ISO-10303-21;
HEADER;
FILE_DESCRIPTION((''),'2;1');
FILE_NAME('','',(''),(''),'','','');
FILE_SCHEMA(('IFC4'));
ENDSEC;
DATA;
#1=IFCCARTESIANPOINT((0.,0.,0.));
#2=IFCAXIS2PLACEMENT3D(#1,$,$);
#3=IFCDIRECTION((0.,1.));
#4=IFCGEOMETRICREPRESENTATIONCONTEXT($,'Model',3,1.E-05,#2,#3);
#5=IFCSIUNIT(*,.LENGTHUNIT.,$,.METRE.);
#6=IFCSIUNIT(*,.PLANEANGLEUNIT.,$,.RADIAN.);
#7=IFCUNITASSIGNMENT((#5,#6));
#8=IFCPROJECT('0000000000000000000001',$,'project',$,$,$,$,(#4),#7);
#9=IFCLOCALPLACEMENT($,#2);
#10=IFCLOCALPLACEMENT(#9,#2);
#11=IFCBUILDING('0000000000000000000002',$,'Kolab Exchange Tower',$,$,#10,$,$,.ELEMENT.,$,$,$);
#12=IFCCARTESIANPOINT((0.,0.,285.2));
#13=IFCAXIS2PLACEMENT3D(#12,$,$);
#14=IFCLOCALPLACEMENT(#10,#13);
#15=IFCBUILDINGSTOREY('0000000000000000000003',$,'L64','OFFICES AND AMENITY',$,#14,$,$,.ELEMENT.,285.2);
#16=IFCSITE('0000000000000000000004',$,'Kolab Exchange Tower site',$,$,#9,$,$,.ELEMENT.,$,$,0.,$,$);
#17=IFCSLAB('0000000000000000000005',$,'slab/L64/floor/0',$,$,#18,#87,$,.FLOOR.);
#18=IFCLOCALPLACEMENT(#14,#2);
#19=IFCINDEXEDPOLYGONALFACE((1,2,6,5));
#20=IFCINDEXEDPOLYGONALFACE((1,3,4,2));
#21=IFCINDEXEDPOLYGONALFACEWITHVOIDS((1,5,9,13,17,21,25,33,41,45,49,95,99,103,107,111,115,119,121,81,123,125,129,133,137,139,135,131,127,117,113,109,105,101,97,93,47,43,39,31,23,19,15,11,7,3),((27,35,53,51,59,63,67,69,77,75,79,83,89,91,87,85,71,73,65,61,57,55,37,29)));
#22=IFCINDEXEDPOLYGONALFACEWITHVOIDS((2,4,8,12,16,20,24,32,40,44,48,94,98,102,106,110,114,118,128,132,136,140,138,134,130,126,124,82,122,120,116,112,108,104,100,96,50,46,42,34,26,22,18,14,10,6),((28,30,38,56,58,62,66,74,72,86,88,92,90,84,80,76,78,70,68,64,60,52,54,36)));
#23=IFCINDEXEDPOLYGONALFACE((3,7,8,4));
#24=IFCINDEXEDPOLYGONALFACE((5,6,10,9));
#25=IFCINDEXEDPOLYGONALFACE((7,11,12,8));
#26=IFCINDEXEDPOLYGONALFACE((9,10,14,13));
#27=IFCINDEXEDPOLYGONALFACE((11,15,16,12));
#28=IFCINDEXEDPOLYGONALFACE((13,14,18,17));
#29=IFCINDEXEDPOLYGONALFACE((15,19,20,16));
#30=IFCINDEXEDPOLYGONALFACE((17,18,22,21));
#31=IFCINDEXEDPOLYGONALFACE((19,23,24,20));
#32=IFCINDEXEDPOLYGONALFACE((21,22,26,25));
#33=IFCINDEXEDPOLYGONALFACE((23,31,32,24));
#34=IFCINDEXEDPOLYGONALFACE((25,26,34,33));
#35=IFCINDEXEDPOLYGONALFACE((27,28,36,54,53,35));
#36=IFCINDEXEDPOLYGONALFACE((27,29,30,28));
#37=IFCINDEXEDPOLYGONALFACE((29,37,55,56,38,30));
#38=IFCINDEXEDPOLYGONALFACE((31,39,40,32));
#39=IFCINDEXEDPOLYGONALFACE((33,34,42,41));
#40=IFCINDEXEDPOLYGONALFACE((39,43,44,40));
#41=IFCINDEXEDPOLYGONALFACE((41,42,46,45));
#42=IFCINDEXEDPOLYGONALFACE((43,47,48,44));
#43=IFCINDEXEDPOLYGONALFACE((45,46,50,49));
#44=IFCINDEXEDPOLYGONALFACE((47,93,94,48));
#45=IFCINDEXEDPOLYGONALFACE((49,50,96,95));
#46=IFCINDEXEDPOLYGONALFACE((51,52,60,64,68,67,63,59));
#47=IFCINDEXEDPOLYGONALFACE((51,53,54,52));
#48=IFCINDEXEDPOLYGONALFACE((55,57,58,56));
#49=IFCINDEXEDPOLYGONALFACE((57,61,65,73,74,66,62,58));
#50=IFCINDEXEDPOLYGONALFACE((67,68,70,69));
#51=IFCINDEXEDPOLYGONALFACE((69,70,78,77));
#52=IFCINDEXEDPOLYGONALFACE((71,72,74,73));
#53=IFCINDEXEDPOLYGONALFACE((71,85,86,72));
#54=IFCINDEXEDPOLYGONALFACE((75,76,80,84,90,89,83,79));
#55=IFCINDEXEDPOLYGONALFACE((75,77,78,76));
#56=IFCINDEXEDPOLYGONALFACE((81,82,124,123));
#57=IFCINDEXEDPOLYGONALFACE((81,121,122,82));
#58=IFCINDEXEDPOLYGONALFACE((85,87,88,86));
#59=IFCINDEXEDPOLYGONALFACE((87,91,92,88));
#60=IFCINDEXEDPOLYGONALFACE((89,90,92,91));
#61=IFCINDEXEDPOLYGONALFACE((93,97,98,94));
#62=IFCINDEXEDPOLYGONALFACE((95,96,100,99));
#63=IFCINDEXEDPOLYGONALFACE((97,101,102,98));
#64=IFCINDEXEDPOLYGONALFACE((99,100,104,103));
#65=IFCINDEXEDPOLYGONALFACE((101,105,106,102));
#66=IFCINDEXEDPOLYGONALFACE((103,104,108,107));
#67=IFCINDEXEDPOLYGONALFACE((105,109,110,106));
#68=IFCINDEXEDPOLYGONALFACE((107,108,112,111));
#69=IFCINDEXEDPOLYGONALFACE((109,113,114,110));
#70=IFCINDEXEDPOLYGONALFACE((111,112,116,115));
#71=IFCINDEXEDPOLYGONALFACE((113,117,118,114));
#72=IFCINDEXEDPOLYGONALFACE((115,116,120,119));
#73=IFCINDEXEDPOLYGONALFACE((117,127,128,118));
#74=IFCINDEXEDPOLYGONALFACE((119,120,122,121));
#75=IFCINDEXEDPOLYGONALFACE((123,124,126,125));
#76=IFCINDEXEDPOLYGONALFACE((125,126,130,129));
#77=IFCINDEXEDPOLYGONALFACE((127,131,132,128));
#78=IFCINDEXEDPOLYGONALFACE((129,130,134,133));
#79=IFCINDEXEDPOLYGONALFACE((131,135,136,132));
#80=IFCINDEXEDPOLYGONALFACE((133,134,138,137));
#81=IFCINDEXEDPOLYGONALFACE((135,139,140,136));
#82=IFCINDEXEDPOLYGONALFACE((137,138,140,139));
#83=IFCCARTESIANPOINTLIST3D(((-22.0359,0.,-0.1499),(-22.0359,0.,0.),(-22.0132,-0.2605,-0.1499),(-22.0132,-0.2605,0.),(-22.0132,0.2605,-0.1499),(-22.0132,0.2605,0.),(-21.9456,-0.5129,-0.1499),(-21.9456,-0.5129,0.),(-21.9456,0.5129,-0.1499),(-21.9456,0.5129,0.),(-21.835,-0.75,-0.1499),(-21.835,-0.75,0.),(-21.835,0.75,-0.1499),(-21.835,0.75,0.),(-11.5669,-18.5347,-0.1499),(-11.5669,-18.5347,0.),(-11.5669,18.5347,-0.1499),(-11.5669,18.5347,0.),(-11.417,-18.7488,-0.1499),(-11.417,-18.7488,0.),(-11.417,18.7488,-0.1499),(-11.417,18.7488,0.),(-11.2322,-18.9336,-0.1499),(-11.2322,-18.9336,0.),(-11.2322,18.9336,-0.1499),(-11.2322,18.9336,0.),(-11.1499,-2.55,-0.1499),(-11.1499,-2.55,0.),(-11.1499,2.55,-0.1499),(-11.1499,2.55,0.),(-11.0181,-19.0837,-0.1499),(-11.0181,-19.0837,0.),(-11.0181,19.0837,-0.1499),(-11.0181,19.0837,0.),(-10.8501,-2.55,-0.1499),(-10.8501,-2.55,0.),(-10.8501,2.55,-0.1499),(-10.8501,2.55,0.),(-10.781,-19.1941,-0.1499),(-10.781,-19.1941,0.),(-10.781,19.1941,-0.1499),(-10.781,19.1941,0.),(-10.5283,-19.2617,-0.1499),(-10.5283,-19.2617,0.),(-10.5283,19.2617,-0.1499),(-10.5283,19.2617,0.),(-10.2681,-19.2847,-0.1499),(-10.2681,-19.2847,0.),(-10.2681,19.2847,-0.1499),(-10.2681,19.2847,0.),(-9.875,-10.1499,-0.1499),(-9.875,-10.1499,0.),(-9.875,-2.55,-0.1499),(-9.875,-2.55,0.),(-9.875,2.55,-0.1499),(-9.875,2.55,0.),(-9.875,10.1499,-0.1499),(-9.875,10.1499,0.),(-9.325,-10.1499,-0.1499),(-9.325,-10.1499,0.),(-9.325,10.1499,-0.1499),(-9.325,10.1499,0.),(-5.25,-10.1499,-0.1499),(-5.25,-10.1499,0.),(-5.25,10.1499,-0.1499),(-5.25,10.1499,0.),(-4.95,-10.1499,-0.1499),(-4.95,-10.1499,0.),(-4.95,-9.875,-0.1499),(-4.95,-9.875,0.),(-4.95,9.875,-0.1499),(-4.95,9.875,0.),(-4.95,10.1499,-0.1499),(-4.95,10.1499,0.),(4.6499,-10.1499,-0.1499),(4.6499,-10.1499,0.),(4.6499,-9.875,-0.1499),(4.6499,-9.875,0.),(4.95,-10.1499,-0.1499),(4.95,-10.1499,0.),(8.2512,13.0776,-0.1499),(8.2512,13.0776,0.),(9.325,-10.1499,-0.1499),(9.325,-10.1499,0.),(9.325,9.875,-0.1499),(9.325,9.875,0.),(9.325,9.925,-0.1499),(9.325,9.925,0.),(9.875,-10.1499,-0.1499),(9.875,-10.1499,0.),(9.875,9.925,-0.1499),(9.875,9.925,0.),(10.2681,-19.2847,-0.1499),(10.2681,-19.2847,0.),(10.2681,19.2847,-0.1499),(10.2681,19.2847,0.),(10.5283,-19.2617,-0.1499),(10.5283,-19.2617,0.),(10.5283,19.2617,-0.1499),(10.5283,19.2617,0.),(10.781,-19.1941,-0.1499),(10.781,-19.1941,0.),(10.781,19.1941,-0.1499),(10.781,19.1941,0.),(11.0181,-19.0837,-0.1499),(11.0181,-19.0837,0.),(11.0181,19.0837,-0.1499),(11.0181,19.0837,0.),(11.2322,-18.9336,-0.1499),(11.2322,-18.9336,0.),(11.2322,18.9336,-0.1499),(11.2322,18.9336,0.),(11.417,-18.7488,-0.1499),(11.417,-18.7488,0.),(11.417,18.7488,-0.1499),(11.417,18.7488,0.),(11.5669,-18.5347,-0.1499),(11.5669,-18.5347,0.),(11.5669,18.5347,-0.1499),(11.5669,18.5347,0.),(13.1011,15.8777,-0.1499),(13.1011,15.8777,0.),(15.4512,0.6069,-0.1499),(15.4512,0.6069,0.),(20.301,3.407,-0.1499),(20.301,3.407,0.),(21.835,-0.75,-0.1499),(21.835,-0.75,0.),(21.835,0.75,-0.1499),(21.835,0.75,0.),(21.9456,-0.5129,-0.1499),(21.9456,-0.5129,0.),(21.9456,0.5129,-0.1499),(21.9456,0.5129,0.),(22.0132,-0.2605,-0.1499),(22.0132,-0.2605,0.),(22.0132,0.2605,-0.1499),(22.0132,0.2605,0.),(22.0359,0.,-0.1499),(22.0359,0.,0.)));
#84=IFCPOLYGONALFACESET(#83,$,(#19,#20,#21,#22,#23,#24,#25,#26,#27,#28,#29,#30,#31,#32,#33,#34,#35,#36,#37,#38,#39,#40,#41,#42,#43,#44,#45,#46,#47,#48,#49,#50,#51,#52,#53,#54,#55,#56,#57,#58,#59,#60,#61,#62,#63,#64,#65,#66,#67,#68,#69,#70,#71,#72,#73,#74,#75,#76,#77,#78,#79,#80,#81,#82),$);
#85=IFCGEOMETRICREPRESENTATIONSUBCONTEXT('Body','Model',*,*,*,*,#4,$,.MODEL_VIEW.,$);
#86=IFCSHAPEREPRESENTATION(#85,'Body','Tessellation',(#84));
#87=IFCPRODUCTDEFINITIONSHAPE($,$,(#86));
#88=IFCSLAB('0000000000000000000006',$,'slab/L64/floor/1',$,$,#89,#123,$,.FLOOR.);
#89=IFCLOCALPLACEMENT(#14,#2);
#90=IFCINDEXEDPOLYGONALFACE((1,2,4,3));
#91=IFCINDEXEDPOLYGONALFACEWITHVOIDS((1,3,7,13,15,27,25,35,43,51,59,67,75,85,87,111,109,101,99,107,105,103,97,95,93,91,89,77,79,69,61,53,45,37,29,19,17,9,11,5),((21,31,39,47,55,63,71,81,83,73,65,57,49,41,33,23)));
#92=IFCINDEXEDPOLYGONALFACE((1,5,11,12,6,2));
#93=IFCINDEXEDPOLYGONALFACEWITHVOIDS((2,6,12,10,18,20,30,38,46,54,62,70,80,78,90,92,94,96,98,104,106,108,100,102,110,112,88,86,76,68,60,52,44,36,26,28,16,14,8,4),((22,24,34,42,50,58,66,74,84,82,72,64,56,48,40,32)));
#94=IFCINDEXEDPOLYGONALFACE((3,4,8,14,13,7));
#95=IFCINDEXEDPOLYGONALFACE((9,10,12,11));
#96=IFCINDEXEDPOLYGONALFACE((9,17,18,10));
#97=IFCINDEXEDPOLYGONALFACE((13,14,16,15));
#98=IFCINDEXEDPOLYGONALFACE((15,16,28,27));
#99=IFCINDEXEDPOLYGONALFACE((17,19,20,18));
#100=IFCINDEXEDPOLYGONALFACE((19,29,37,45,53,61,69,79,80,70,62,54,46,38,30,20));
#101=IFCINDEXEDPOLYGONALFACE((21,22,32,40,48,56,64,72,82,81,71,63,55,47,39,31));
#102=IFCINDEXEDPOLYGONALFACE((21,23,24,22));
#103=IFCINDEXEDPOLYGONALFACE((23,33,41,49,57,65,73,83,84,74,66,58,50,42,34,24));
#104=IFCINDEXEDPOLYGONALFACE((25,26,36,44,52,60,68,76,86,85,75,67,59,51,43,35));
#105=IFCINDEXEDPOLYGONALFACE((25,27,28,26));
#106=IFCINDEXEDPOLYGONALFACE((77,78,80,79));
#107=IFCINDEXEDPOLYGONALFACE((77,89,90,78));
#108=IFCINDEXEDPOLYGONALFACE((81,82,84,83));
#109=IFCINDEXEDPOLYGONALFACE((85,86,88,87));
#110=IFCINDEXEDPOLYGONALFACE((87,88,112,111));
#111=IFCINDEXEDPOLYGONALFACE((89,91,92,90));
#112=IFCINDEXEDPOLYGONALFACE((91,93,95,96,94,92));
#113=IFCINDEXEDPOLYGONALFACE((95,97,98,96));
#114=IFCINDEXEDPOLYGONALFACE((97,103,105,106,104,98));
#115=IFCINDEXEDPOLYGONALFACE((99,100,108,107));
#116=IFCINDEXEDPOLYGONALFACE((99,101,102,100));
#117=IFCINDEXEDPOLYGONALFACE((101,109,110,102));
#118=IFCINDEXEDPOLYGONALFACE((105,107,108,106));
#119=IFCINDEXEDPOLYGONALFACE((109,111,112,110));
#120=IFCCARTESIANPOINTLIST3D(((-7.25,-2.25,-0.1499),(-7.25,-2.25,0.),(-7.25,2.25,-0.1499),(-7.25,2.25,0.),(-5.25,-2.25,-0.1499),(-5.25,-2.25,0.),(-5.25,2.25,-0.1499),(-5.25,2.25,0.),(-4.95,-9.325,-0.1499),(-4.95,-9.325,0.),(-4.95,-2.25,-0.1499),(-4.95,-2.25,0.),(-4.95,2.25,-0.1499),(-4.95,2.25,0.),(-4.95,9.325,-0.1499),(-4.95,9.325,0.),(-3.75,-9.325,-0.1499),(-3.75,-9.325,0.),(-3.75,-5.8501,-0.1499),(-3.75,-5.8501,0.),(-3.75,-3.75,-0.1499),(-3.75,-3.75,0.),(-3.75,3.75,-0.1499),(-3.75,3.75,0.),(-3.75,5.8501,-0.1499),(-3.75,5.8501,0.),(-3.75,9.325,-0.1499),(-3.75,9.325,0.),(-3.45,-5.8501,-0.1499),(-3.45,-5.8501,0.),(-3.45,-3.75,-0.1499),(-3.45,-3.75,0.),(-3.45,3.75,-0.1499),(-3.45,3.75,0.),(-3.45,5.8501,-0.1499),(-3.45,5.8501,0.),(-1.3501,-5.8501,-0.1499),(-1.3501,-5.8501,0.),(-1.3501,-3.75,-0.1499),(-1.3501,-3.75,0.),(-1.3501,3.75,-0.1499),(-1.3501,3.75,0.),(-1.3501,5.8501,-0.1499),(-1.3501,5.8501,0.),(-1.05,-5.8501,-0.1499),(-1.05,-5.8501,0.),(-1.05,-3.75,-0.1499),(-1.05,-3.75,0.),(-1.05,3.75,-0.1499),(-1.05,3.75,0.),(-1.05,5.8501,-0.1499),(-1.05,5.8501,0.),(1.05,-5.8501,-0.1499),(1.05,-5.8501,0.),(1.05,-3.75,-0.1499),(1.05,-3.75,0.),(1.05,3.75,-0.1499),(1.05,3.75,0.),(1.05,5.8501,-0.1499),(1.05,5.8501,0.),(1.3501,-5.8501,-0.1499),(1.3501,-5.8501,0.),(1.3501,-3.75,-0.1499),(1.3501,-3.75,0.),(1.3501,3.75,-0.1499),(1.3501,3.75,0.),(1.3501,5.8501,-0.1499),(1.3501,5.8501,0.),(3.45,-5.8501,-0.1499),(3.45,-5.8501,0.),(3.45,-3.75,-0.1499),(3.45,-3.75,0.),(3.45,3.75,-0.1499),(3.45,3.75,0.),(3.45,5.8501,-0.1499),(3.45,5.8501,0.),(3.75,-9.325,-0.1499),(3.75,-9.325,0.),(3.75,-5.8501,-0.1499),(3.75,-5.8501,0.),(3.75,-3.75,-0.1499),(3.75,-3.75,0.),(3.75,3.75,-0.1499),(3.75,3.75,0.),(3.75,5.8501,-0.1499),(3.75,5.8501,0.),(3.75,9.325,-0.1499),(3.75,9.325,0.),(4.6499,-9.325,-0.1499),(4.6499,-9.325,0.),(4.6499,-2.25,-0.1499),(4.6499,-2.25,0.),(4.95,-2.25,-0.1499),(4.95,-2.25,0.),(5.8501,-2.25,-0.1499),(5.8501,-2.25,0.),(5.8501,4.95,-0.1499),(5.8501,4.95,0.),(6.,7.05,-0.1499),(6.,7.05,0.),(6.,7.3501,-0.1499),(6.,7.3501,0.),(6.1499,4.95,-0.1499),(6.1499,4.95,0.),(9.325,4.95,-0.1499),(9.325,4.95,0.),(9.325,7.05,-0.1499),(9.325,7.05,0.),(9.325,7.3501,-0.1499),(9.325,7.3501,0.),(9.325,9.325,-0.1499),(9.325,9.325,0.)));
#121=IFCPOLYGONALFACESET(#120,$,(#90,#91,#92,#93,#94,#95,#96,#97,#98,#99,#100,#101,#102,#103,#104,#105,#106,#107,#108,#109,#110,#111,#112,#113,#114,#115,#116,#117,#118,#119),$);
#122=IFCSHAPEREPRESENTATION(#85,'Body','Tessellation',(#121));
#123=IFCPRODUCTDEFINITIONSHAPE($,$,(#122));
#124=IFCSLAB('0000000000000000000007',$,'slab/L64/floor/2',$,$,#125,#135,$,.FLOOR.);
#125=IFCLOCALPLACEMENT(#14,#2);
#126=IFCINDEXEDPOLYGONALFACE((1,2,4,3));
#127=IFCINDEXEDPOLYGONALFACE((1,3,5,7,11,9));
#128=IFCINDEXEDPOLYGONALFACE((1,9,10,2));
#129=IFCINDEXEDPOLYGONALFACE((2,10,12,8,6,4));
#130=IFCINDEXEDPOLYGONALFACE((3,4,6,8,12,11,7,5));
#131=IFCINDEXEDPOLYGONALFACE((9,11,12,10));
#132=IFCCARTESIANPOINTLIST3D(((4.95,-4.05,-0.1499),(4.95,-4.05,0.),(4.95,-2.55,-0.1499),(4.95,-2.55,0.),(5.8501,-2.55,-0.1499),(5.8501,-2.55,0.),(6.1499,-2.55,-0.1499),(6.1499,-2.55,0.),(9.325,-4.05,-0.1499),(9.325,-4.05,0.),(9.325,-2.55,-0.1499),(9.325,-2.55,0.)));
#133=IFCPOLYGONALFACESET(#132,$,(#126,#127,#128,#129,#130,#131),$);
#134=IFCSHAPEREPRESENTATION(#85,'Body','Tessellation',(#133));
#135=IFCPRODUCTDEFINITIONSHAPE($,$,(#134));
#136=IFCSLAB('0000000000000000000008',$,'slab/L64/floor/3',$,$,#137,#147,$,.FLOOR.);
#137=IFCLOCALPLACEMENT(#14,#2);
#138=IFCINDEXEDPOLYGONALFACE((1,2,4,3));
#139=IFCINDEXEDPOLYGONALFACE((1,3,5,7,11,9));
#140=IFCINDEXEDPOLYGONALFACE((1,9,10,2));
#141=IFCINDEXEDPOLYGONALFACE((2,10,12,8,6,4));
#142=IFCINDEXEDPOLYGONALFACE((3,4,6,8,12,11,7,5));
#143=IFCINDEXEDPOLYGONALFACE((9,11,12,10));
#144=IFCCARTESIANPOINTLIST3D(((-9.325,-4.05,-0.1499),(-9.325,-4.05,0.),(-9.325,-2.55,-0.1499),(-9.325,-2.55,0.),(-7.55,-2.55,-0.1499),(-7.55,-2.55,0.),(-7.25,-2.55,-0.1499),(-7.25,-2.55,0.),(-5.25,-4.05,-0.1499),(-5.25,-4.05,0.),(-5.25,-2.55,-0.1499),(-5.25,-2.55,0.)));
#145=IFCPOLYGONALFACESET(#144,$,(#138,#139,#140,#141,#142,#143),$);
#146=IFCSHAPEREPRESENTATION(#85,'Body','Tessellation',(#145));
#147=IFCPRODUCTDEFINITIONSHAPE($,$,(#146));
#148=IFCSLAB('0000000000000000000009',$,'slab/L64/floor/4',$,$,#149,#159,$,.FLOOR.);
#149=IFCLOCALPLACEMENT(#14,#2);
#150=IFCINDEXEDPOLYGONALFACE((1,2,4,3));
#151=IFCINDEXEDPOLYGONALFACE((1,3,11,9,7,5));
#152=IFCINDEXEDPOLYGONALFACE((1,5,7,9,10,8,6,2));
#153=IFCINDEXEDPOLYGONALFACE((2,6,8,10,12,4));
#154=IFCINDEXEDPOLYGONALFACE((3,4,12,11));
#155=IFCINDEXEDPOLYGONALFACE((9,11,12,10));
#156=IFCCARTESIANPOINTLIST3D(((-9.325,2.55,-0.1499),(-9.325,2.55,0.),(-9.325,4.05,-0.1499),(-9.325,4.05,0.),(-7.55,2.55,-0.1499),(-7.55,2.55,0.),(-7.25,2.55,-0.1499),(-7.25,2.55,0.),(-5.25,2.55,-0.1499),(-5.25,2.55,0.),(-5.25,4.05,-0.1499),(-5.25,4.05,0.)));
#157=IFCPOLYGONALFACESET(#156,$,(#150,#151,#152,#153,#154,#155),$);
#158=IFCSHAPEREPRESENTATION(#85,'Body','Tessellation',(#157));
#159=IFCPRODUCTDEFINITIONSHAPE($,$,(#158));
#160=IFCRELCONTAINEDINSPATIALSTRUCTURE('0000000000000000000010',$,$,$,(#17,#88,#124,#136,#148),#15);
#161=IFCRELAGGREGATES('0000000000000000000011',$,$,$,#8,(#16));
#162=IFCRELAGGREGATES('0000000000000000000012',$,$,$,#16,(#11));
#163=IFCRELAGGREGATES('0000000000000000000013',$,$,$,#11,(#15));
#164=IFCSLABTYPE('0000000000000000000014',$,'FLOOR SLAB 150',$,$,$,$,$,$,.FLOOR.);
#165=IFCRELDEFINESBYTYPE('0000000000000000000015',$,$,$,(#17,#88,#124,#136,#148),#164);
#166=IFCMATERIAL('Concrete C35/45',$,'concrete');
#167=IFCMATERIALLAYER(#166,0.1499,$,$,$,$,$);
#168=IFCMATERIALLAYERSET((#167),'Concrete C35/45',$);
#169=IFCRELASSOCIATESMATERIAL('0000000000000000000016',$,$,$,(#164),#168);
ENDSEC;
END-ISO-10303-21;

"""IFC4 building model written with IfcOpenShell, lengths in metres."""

from ifc_helpers import new_model, si_unit, direction, frame, origin, place, context, subcontext, project, spatial, polyline, outline, extrude, material, layer, layer_set, type_object, element, save


model = new_model("IFC4")

# Units and contexts
model_context = context("Model", 3, precision=1e-05, world=origin(), true_north=direction((0.0, 1.0)))
body_context = subcontext(model_context, "Body", "Model", "MODEL_VIEW")
ifc_project = project(units=[si_unit("LENGTHUNIT", "METRE"), si_unit("PLANEANGLEUNIT", "RADIAN")], contexts=[model_context])

# Site, building, storey
site_placement = place(None, origin())
site = spatial("IfcSite", under=ifc_project, at=site_placement, Name="Kolab Exchange Tower site", CompositionType="ELEMENT", RefElevation=0.0)
building_placement = place(site_placement, origin())
building = spatial("IfcBuilding", under=site, at=building_placement, Name="Kolab Exchange Tower", CompositionType="ELEMENT")
storey_placement = place(building_placement, frame((0.0, 0.0, 285.2)))
storey = spatial("IfcBuildingStorey", under=building, at=storey_placement, Name="L64", Description="OFFICES AND AMENITY", CompositionType="ELEMENT", Elevation=285.2)

# Slabs
ifc_material_1 = material(Name="Concrete C35/45", Category="concrete")
ifc_layer_1 = layer(ifc_material_1, 0.1499)
ifc_layer_set_1 = layer_set([ifc_layer_1], Name="Concrete C35/45")
slab_type_1 = type_object("IfcSlabType", Name="FLOOR SLAB 150", PredefinedType="FLOOR", material=ifc_layer_set_1)
slab_1_placement = place(storey_placement, frame((0.0, 0.0, -0.1499)))
element("IfcSlab", 1, at=slab_1_placement, inside=storey, type_object=slab_type_1, Name="slab/L64/floor/0", PredefinedType="FLOOR", context=body_context, shape_type="SweptSolid", body=[
    extrude(outline(polyline([(21.835, 0.75), (20.301, 3.407), (15.4512, 0.6069), (8.2512, 13.0776), (13.1011, 15.8777), (11.5669, 18.5347), (11.417, 18.7488), (11.2322, 18.9336), (11.0181, 19.0837), (10.781, 19.1941), (10.5283, 19.2617), (10.2681, 19.2847), (-10.2681, 19.2847), (-10.5283, 19.2617), (-10.781, 19.1941), (-11.0181, 19.0837), (-11.2322, 18.9336), (-11.417, 18.7488), (-11.5669, 18.5347), (-21.835, 0.75), (-21.9456, 0.5129), (-22.0132, 0.2605), (-22.0359, 0.0), (-22.0132, -0.2605), (-21.9456, -0.5129), (-21.835, -0.75), (-11.5669, -18.5347), (-11.417, -18.7488), (-11.2322, -18.9336), (-11.0181, -19.0837), (-10.781, -19.1941), (-10.5283, -19.2617), (-10.2681, -19.2847), (10.2681, -19.2847), (10.5283, -19.2617), (10.781, -19.1941), (11.0181, -19.0837), (11.2322, -18.9336), (11.417, -18.7488), (11.5669, -18.5347), (21.835, -0.75), (21.9456, -0.5129), (22.0132, -0.2605), (22.0359, 0.0), (22.0132, 0.2605), (21.9456, 0.5129), (21.835, 0.75)]), holes=[polyline([(-9.325, -10.1499), (-9.875, -10.1499), (-9.875, -2.55), (-10.8501, -2.55), (-11.1499, -2.55), (-11.1499, 2.55), (-10.8501, 2.55), (-9.875, 2.55), (-9.875, 10.1499), (-9.325, 10.1499), (-5.25, 10.1499), (-4.95, 10.1499), (-4.95, 9.875), (9.325, 9.875), (9.325, 9.925), (9.875, 9.925), (9.875, -10.1499), (9.325, -10.1499), (4.95, -10.1499), (4.6499, -10.1499), (4.6499, -9.875), (-4.95, -9.875), (-4.95, -10.1499), (-5.25, -10.1499), (-9.325, -10.1499)])]), origin(), (0.0, 0.0, 1.0), 0.1499),
])
slab_2_placement = place(storey_placement, frame((0.0, 0.0, -0.1499)))
element("IfcSlab", 2, at=slab_2_placement, inside=storey, type_object=slab_type_1, Name="slab/L64/floor/1", PredefinedType="FLOOR", context=body_context, shape_type="SweptSolid", body=[
    extrude(outline(polyline([(-4.95, 9.325), (-4.95, 2.25), (-5.25, 2.25), (-7.25, 2.25), (-7.25, -2.25), (-5.25, -2.25), (-4.95, -2.25), (-4.95, -9.325), (-3.75, -9.325), (-3.75, -5.8501), (-3.45, -5.8501), (-1.3501, -5.8501), (-1.05, -5.8501), (1.05, -5.8501), (1.3501, -5.8501), (3.45, -5.8501), (3.75, -5.8501), (3.75, -9.325), (4.6499, -9.325), (4.6499, -2.25), (4.95, -2.25), (5.8501, -2.25), (5.8501, 4.95), (6.1499, 4.95), (9.325, 4.95), (9.325, 7.05), (6.0, 7.05), (6.0, 7.3501), (9.325, 7.3501), (9.325, 9.325), (3.75, 9.325), (3.75, 5.8501), (3.45, 5.8501), (1.3501, 5.8501), (1.05, 5.8501), (-1.05, 5.8501), (-1.3501, 5.8501), (-3.45, 5.8501), (-3.75, 5.8501), (-3.75, 9.325), (-4.95, 9.325)]), holes=[polyline([(-3.45, -3.75), (-3.75, -3.75), (-3.75, 3.75), (-3.45, 3.75), (-1.3501, 3.75), (-1.05, 3.75), (1.05, 3.75), (1.3501, 3.75), (3.45, 3.75), (3.75, 3.75), (3.75, -3.75), (3.45, -3.75), (1.3501, -3.75), (1.05, -3.75), (-1.05, -3.75), (-1.3501, -3.75), (-3.45, -3.75)])]), origin(), (0.0, 0.0, 1.0), 0.1499),
])
slab_3_placement = place(storey_placement, frame((0.0, 0.0, -0.1499)))
element("IfcSlab", 3, at=slab_3_placement, inside=storey, type_object=slab_type_1, Name="slab/L64/floor/2", PredefinedType="FLOOR", context=body_context, shape_type="SweptSolid", body=[
    extrude(outline(polyline([(4.95, -2.55), (4.95, -4.05), (9.325, -4.05), (9.325, -2.55), (6.1499, -2.55), (5.8501, -2.55), (4.95, -2.55)])), origin(), (0.0, 0.0, 1.0), 0.1499),
])
slab_4_placement = place(storey_placement, frame((0.0, 0.0, -0.1499)))
element("IfcSlab", 4, at=slab_4_placement, inside=storey, type_object=slab_type_1, Name="slab/L64/floor/3", PredefinedType="FLOOR", context=body_context, shape_type="SweptSolid", body=[
    extrude(outline(polyline([(-7.55, -2.55), (-9.325, -2.55), (-9.325, -4.05), (-5.25, -4.05), (-5.25, -2.55), (-7.25, -2.55), (-7.55, -2.55)])), origin(), (0.0, 0.0, 1.0), 0.1499),
])
slab_5_placement = place(storey_placement, frame((0.0, 0.0, -0.1499)))
element("IfcSlab", 5, at=slab_5_placement, inside=storey, type_object=slab_type_1, Name="slab/L64/floor/4", PredefinedType="FLOOR", context=body_context, shape_type="SweptSolid", body=[
    extrude(outline(polyline([(-9.325, 4.05), (-9.325, 2.55), (-7.55, 2.55), (-7.25, 2.55), (-5.25, 2.55), (-5.25, 4.05), (-9.325, 4.05)])), origin(), (0.0, 0.0, 1.0), 0.1499),
])

save(model, "model.ifc")
